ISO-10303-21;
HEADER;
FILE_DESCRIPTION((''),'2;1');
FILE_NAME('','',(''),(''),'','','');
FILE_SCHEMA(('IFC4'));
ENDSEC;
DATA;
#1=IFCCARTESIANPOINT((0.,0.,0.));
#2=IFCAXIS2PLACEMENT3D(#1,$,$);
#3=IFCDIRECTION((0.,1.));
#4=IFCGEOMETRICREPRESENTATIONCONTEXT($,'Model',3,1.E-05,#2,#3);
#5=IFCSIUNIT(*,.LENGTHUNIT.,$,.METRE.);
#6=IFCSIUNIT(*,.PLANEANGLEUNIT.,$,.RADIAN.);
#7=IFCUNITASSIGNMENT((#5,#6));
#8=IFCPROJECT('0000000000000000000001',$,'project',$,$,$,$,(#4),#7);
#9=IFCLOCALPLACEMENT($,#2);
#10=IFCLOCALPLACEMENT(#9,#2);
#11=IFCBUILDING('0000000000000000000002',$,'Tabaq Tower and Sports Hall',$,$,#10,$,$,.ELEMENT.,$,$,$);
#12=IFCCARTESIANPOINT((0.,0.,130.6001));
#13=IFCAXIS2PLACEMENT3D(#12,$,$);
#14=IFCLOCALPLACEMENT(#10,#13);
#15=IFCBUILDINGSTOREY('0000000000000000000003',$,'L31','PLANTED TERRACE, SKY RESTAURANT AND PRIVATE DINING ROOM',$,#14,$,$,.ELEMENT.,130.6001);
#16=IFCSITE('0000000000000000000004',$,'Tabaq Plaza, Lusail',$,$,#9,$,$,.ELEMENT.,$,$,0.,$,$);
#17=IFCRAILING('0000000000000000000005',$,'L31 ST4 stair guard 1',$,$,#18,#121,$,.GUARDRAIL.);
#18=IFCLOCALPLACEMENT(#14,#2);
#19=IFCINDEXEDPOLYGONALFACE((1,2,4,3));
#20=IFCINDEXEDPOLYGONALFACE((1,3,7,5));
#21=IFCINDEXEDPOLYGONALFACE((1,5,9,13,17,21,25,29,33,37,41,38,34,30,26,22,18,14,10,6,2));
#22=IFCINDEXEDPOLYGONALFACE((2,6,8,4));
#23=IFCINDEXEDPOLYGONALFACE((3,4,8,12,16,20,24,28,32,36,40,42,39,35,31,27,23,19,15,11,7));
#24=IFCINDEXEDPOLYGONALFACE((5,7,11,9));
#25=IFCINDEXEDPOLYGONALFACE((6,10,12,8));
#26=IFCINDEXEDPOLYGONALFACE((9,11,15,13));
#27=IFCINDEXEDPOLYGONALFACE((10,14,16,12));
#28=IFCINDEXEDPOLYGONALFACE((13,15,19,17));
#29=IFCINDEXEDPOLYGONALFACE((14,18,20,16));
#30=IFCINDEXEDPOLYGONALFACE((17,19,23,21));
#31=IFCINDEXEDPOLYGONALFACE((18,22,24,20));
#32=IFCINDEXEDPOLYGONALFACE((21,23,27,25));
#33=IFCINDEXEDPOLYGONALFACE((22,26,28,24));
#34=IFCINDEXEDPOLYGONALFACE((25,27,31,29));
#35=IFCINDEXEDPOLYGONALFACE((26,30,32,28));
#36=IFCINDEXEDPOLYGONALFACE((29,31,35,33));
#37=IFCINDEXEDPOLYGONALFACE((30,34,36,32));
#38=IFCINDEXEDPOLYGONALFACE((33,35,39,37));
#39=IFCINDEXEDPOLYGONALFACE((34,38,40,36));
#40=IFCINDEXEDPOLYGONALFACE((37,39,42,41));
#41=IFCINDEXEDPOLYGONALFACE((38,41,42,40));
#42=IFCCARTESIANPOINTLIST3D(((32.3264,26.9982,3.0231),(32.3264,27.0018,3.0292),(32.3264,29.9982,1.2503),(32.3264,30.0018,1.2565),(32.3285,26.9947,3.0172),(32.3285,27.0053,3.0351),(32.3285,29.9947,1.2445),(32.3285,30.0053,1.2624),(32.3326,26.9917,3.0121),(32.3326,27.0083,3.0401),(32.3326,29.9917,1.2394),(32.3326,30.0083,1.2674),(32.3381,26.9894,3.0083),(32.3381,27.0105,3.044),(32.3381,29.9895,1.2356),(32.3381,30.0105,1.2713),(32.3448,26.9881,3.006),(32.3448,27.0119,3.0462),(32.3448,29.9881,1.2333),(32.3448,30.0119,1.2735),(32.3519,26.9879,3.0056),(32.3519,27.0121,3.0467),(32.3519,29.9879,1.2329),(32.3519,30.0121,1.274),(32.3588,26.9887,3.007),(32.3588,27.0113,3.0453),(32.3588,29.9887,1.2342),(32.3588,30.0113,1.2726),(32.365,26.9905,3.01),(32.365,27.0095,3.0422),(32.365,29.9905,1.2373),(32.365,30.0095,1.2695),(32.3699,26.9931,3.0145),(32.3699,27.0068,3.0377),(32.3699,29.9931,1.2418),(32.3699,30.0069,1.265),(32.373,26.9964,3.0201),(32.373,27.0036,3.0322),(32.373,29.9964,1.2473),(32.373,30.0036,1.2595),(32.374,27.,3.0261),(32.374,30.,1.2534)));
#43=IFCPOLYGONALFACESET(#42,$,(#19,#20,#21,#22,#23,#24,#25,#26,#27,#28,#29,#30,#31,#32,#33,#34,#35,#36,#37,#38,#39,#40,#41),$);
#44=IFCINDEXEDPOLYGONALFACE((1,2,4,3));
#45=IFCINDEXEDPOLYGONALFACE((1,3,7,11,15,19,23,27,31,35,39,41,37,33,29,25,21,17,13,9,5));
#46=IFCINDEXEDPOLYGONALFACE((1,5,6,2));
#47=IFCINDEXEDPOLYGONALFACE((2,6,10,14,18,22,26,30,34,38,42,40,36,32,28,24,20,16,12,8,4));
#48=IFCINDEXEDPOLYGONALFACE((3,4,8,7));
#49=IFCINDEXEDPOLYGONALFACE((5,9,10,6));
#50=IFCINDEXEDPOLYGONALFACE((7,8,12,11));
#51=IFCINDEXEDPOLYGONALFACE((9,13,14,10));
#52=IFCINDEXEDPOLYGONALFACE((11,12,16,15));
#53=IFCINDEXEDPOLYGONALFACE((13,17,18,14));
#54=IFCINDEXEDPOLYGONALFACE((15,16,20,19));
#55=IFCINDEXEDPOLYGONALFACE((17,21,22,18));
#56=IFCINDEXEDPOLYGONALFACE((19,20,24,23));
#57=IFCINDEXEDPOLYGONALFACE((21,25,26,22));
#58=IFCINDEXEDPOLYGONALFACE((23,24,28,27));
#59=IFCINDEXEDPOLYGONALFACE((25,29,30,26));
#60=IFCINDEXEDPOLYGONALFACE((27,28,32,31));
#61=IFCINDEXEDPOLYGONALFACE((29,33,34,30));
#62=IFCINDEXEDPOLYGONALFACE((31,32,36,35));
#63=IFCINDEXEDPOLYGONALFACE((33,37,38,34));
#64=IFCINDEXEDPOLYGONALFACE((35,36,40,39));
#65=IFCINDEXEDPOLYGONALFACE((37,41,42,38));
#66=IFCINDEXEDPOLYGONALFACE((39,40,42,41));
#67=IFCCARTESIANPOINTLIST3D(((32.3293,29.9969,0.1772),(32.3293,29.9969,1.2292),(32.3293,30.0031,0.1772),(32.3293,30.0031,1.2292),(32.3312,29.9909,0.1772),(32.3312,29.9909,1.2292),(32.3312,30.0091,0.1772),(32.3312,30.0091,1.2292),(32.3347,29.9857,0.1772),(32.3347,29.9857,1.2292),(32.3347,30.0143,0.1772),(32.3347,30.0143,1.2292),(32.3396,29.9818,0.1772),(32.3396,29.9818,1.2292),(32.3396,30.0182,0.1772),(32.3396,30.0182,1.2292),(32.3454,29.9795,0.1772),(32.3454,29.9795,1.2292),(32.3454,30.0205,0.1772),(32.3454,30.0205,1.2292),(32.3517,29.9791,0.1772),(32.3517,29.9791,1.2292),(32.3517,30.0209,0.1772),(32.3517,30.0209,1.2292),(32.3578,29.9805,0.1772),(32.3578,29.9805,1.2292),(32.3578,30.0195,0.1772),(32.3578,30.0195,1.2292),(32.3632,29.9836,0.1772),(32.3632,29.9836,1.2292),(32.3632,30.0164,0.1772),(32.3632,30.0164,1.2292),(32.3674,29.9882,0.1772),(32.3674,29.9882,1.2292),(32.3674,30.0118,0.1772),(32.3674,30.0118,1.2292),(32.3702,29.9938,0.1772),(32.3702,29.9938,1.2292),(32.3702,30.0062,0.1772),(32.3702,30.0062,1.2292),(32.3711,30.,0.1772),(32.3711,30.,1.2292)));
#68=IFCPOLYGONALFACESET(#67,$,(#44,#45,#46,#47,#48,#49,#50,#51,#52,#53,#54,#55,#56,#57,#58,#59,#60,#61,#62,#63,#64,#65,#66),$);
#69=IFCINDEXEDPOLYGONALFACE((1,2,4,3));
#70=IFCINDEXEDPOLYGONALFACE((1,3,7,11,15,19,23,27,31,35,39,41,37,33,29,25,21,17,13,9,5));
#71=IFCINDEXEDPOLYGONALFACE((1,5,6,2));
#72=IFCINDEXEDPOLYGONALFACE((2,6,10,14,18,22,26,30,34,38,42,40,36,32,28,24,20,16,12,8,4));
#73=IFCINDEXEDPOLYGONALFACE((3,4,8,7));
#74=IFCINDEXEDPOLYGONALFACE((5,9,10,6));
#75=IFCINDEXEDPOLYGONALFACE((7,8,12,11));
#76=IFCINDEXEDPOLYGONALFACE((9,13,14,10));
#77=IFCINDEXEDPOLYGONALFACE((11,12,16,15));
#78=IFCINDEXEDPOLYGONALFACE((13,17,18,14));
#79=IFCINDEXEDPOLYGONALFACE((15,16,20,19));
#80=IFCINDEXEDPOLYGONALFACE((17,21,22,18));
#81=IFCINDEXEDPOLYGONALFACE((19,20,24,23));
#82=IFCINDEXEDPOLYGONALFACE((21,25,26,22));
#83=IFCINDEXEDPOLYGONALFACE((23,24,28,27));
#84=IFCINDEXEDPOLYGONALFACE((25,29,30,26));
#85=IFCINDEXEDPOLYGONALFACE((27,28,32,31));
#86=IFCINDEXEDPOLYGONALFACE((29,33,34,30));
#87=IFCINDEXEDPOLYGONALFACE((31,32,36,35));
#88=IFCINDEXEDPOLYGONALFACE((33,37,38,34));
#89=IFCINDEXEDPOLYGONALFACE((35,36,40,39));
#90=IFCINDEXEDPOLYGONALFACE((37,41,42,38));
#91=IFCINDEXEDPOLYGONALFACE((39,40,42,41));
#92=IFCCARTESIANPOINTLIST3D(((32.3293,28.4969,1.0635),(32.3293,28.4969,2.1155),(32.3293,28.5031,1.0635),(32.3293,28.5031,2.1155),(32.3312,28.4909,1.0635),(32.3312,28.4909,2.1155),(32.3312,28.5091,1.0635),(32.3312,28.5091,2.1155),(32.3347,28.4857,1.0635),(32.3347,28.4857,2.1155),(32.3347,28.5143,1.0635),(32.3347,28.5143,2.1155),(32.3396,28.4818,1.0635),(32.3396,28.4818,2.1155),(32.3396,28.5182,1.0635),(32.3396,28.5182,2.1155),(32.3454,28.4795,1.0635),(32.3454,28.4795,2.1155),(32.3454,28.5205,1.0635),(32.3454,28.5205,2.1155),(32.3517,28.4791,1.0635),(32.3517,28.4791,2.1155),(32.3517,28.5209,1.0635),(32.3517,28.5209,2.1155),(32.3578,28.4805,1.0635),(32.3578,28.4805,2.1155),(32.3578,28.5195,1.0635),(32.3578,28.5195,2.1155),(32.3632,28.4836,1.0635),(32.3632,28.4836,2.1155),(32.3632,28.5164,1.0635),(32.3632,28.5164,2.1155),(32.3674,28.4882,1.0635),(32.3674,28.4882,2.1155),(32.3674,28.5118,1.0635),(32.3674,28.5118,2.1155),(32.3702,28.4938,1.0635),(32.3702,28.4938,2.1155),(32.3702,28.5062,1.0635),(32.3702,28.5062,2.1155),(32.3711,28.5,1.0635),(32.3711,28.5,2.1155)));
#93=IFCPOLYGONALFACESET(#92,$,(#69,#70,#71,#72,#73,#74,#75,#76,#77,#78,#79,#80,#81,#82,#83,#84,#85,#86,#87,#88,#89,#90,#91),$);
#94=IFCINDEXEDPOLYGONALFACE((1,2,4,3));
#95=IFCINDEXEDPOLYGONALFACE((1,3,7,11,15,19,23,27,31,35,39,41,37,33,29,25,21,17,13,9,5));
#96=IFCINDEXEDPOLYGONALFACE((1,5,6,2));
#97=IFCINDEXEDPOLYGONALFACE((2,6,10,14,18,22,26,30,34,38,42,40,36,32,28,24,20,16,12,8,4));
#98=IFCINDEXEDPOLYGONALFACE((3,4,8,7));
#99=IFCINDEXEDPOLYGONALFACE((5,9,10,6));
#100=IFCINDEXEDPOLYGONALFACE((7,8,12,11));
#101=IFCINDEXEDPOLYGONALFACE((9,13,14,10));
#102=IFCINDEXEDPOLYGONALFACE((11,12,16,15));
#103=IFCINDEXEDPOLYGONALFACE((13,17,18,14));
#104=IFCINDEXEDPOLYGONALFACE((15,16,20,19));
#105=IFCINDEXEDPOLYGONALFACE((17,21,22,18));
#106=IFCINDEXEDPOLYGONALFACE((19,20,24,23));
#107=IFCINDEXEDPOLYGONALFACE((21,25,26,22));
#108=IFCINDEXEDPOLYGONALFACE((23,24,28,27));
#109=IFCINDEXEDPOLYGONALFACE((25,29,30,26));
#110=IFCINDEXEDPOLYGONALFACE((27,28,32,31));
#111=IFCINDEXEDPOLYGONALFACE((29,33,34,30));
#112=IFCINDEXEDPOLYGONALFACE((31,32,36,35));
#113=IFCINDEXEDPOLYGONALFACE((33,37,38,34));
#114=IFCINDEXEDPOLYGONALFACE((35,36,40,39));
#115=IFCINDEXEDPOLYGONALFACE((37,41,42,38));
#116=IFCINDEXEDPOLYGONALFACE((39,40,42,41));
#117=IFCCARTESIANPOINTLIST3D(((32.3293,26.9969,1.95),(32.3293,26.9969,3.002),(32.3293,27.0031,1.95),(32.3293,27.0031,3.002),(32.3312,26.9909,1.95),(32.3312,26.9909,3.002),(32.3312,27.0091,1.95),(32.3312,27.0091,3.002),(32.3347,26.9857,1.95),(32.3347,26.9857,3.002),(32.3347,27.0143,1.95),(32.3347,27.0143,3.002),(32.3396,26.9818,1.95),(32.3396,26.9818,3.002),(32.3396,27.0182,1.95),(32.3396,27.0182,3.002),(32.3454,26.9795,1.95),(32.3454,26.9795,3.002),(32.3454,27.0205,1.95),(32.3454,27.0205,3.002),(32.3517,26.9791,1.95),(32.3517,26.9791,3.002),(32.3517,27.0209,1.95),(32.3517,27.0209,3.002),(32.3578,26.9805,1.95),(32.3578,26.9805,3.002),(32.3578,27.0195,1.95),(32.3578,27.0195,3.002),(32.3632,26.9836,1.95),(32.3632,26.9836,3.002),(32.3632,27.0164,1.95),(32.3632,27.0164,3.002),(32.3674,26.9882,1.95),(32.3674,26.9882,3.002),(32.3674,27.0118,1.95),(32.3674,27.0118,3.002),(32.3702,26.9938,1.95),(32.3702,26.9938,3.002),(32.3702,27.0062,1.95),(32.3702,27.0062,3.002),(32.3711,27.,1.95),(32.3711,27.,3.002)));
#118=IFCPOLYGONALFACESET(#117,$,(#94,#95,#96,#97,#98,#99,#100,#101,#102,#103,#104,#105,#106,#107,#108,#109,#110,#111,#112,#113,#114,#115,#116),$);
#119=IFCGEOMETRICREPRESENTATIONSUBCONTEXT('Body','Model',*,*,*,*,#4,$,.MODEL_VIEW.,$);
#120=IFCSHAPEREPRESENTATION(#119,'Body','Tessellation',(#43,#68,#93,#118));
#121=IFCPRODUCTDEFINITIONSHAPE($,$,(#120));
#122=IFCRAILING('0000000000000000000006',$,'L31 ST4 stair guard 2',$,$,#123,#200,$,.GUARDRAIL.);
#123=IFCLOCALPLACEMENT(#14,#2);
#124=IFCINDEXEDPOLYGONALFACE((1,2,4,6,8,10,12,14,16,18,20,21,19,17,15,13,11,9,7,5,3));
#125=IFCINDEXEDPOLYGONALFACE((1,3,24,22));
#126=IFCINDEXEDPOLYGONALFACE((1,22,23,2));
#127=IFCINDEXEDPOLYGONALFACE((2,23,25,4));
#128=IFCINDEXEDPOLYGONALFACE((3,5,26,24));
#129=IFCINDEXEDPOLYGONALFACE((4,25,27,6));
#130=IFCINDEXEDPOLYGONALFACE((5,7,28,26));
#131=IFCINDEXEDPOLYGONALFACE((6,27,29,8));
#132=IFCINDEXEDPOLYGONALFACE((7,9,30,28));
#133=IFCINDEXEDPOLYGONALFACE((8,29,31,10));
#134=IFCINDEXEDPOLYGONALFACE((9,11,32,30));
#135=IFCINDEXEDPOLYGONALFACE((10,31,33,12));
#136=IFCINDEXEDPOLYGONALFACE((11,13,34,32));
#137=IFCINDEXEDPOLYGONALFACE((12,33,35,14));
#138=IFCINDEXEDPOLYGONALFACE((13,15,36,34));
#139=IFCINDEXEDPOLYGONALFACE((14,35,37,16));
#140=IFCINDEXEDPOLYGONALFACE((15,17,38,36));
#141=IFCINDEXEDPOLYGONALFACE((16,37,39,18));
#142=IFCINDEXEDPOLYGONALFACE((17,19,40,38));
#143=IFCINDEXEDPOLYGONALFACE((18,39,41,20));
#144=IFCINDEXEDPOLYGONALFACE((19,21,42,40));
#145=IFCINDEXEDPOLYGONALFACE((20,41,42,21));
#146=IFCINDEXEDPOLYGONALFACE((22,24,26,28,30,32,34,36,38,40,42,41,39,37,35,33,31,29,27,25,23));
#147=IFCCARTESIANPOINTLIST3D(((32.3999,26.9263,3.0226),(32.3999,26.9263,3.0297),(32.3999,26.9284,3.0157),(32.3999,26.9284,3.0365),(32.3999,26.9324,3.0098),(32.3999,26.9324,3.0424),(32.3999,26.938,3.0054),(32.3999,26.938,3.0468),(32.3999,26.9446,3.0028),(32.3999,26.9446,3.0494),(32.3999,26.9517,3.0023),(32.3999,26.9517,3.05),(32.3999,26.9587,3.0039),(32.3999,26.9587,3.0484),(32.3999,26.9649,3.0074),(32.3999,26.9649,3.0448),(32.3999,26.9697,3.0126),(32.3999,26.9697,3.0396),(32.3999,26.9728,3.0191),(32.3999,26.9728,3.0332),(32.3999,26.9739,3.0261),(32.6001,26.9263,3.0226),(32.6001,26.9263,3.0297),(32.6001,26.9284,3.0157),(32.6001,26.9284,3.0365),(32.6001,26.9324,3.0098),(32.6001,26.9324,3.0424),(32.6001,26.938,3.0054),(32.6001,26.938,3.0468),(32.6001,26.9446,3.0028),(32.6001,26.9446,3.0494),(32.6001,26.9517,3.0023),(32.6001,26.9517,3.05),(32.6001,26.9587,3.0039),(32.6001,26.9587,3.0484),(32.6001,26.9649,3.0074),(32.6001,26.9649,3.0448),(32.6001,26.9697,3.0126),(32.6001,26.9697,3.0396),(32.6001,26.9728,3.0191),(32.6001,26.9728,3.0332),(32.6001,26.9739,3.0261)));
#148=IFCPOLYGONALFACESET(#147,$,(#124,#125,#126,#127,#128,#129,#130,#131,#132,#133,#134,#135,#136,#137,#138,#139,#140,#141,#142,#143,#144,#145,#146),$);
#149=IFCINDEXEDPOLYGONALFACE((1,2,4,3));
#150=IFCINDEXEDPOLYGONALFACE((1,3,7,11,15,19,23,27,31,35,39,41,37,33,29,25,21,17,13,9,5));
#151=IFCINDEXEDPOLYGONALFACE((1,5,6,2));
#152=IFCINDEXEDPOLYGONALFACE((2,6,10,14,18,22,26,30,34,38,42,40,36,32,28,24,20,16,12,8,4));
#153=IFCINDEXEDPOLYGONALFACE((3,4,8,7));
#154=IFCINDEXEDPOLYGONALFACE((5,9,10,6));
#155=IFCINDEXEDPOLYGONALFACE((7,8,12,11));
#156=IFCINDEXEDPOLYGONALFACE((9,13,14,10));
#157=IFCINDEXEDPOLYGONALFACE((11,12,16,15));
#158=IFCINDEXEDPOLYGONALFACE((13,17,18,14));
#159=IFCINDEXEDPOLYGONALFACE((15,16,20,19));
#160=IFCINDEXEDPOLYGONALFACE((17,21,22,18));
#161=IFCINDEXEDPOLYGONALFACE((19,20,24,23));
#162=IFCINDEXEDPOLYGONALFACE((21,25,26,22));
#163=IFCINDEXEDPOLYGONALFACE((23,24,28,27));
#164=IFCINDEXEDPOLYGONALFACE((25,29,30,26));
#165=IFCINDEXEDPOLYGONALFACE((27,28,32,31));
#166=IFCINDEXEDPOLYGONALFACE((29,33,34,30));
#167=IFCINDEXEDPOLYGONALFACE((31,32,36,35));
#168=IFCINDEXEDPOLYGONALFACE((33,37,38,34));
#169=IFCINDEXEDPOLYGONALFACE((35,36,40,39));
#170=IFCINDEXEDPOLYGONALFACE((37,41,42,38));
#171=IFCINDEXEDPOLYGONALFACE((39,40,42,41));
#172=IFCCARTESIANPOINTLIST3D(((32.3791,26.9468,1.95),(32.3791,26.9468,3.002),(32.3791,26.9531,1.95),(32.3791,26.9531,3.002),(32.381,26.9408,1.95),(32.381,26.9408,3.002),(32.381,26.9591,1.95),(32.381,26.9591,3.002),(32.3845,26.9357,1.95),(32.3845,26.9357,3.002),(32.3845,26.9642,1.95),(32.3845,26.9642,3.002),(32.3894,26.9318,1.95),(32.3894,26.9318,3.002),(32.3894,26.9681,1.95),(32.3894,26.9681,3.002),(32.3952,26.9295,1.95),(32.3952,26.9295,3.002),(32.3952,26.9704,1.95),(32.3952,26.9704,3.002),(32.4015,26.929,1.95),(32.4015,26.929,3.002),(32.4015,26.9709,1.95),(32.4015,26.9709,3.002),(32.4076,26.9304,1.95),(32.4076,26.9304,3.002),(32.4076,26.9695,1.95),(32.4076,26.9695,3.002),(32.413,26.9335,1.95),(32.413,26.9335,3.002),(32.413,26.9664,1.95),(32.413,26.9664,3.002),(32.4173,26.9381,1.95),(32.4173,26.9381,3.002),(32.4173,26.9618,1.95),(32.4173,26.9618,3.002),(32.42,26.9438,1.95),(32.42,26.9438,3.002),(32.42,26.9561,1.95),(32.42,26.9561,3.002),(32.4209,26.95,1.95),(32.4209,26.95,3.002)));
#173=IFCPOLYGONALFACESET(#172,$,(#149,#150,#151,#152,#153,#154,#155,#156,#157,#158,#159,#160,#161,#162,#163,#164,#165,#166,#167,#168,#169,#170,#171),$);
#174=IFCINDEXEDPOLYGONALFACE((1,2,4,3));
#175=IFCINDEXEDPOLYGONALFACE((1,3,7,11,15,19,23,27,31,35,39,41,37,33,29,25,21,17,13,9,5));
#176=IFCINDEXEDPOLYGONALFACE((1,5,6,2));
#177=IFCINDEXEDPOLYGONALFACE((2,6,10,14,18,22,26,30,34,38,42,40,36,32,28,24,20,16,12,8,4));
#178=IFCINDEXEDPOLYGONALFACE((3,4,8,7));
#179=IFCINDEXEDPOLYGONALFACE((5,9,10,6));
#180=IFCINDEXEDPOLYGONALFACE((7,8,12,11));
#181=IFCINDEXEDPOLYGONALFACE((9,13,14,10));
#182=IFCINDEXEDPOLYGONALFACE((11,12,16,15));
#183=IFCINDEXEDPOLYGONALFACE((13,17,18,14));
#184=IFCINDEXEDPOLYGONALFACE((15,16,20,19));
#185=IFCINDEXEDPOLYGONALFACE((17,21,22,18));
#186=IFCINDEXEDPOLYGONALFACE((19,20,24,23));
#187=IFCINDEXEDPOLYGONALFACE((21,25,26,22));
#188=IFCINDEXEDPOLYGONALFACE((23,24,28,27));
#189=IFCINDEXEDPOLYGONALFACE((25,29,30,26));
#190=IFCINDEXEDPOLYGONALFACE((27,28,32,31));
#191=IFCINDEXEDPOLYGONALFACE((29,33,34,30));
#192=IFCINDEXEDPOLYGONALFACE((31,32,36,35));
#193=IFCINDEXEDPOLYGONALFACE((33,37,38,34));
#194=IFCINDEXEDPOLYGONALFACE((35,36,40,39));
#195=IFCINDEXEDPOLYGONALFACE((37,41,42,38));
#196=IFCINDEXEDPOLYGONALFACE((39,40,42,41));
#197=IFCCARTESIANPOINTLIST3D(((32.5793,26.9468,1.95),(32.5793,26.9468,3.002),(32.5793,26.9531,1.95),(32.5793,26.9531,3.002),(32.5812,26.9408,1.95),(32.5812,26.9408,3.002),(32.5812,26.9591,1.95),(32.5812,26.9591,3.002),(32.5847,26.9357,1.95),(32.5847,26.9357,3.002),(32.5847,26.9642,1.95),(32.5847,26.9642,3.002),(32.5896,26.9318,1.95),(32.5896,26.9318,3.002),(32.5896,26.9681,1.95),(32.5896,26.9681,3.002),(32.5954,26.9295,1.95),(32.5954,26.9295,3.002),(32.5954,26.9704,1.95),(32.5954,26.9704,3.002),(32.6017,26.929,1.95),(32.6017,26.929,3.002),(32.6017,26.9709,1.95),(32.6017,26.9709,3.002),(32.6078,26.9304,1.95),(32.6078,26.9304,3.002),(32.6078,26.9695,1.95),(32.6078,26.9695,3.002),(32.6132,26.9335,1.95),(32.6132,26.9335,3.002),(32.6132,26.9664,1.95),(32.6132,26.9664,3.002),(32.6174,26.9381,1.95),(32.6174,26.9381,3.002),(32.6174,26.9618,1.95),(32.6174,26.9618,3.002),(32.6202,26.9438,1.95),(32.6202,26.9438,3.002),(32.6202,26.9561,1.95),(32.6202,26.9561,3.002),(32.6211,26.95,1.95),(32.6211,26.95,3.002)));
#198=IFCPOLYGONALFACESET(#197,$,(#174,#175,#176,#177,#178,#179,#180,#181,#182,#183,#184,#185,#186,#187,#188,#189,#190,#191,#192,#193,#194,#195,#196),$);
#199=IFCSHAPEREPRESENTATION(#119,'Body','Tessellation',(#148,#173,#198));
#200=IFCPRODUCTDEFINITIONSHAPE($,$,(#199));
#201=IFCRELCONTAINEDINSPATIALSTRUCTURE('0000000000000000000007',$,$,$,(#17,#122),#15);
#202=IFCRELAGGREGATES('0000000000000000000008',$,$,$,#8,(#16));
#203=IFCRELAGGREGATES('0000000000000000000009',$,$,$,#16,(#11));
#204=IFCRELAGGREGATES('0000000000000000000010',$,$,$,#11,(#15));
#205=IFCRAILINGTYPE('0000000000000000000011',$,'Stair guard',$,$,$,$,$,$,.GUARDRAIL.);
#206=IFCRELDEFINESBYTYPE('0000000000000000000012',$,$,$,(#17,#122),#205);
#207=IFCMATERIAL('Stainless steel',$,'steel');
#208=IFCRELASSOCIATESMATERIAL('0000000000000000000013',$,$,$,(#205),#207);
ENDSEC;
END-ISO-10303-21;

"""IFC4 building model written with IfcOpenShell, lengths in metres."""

from ifc_helpers import new_model, si_unit, direction, frame, origin, origin_2d, place, context, subcontext, project, spatial, circle, extrude, material, type_object, element, save


model = new_model("IFC4")

# Units and contexts
model_context = context("Model", 3, precision=1e-05, world=origin(), true_north=direction((0.0, 1.0)))
body_context = subcontext(model_context, "Body", "Model", "MODEL_VIEW")
ifc_project = project(units=[si_unit("LENGTHUNIT", "METRE"), si_unit("PLANEANGLEUNIT", "RADIAN")], contexts=[model_context])

# Site, building, storey
site_placement = place(None, origin())
site = spatial("IfcSite", under=ifc_project, at=site_placement, Name="Tabaq Plaza, Lusail", CompositionType="ELEMENT", RefElevation=0.0)
building_placement = place(site_placement, origin())
building = spatial("IfcBuilding", under=site, at=building_placement, Name="Tabaq Tower and Sports Hall", CompositionType="ELEMENT")
storey_placement = place(building_placement, frame((0.0, 0.0, 130.6001)))
storey = spatial("IfcBuildingStorey", under=building, at=storey_placement, Name="L31", Description="PLANTED TERRACE, SKY RESTAURANT AND PRIVATE DINING ROOM", CompositionType="ELEMENT", Elevation=130.6001)

# Railings
ifc_material_1 = material(Name="Stainless steel", Category="steel")
railing_type_1 = type_object("IfcRailingType", Name="Stair guard", PredefinedType="GUARDRAIL", material=ifc_material_1)
railing_1_placement = place(storey_placement, frame((32.3501, 30.0, 0.1772)))
element("IfcRailing", 1, at=railing_1_placement, inside=storey, type_object=railing_type_1, Name="L31 ST4 stair guard 1", PredefinedType="GUARDRAIL", context=body_context, shape_type="SweptSolid", body=[
    extrude(circle(Radius=0.0239, at=origin_2d()), frame((0.0, 0.0, 1.0762), z_axis=(0.0, -0.860929, 0.508725), x_axis=(1.0, 0.0, 0.0)), (0.0, 0.0, 1.0), 3.4846),
    extrude(circle(Radius=0.021, at=origin_2d()), origin(), (0.0, 0.0, 1.0), 1.052),
    extrude(circle(Radius=0.021, at=origin_2d()), frame((0.0, -1.5, 0.8862)), (0.0, 0.0, 1.0), 1.052),
    extrude(circle(Radius=0.021, at=origin_2d()), frame((0.0, -3.0, 1.7727)), (0.0, 0.0, 1.0), 1.052),
])
railing_2_placement = place(storey_placement, frame((32.3999, 26.95, 1.95)))
element("IfcRailing", 2, at=railing_2_placement, inside=storey, type_object=railing_type_1, Name="L31 ST4 stair guard 2", PredefinedType="GUARDRAIL", context=body_context, shape_type="SweptSolid", body=[
    extrude(circle(Radius=0.0239, at=origin_2d()), frame((0.0, 0.0, 1.0762), z_axis=(1.0, 0.0, 0.0), x_axis=(0.0, 1.0, 0.0)), (0.0, 0.0, 1.0), 0.2002),
    extrude(circle(Radius=0.021, at=origin_2d()), origin(), (0.0, 0.0, 1.0), 1.052),
    extrude(circle(Radius=0.021, at=origin_2d()), frame((0.2002, 0.0, 0.0)), (0.0, 0.0, 1.0), 1.052),
])

save(model, "model.ifc")
